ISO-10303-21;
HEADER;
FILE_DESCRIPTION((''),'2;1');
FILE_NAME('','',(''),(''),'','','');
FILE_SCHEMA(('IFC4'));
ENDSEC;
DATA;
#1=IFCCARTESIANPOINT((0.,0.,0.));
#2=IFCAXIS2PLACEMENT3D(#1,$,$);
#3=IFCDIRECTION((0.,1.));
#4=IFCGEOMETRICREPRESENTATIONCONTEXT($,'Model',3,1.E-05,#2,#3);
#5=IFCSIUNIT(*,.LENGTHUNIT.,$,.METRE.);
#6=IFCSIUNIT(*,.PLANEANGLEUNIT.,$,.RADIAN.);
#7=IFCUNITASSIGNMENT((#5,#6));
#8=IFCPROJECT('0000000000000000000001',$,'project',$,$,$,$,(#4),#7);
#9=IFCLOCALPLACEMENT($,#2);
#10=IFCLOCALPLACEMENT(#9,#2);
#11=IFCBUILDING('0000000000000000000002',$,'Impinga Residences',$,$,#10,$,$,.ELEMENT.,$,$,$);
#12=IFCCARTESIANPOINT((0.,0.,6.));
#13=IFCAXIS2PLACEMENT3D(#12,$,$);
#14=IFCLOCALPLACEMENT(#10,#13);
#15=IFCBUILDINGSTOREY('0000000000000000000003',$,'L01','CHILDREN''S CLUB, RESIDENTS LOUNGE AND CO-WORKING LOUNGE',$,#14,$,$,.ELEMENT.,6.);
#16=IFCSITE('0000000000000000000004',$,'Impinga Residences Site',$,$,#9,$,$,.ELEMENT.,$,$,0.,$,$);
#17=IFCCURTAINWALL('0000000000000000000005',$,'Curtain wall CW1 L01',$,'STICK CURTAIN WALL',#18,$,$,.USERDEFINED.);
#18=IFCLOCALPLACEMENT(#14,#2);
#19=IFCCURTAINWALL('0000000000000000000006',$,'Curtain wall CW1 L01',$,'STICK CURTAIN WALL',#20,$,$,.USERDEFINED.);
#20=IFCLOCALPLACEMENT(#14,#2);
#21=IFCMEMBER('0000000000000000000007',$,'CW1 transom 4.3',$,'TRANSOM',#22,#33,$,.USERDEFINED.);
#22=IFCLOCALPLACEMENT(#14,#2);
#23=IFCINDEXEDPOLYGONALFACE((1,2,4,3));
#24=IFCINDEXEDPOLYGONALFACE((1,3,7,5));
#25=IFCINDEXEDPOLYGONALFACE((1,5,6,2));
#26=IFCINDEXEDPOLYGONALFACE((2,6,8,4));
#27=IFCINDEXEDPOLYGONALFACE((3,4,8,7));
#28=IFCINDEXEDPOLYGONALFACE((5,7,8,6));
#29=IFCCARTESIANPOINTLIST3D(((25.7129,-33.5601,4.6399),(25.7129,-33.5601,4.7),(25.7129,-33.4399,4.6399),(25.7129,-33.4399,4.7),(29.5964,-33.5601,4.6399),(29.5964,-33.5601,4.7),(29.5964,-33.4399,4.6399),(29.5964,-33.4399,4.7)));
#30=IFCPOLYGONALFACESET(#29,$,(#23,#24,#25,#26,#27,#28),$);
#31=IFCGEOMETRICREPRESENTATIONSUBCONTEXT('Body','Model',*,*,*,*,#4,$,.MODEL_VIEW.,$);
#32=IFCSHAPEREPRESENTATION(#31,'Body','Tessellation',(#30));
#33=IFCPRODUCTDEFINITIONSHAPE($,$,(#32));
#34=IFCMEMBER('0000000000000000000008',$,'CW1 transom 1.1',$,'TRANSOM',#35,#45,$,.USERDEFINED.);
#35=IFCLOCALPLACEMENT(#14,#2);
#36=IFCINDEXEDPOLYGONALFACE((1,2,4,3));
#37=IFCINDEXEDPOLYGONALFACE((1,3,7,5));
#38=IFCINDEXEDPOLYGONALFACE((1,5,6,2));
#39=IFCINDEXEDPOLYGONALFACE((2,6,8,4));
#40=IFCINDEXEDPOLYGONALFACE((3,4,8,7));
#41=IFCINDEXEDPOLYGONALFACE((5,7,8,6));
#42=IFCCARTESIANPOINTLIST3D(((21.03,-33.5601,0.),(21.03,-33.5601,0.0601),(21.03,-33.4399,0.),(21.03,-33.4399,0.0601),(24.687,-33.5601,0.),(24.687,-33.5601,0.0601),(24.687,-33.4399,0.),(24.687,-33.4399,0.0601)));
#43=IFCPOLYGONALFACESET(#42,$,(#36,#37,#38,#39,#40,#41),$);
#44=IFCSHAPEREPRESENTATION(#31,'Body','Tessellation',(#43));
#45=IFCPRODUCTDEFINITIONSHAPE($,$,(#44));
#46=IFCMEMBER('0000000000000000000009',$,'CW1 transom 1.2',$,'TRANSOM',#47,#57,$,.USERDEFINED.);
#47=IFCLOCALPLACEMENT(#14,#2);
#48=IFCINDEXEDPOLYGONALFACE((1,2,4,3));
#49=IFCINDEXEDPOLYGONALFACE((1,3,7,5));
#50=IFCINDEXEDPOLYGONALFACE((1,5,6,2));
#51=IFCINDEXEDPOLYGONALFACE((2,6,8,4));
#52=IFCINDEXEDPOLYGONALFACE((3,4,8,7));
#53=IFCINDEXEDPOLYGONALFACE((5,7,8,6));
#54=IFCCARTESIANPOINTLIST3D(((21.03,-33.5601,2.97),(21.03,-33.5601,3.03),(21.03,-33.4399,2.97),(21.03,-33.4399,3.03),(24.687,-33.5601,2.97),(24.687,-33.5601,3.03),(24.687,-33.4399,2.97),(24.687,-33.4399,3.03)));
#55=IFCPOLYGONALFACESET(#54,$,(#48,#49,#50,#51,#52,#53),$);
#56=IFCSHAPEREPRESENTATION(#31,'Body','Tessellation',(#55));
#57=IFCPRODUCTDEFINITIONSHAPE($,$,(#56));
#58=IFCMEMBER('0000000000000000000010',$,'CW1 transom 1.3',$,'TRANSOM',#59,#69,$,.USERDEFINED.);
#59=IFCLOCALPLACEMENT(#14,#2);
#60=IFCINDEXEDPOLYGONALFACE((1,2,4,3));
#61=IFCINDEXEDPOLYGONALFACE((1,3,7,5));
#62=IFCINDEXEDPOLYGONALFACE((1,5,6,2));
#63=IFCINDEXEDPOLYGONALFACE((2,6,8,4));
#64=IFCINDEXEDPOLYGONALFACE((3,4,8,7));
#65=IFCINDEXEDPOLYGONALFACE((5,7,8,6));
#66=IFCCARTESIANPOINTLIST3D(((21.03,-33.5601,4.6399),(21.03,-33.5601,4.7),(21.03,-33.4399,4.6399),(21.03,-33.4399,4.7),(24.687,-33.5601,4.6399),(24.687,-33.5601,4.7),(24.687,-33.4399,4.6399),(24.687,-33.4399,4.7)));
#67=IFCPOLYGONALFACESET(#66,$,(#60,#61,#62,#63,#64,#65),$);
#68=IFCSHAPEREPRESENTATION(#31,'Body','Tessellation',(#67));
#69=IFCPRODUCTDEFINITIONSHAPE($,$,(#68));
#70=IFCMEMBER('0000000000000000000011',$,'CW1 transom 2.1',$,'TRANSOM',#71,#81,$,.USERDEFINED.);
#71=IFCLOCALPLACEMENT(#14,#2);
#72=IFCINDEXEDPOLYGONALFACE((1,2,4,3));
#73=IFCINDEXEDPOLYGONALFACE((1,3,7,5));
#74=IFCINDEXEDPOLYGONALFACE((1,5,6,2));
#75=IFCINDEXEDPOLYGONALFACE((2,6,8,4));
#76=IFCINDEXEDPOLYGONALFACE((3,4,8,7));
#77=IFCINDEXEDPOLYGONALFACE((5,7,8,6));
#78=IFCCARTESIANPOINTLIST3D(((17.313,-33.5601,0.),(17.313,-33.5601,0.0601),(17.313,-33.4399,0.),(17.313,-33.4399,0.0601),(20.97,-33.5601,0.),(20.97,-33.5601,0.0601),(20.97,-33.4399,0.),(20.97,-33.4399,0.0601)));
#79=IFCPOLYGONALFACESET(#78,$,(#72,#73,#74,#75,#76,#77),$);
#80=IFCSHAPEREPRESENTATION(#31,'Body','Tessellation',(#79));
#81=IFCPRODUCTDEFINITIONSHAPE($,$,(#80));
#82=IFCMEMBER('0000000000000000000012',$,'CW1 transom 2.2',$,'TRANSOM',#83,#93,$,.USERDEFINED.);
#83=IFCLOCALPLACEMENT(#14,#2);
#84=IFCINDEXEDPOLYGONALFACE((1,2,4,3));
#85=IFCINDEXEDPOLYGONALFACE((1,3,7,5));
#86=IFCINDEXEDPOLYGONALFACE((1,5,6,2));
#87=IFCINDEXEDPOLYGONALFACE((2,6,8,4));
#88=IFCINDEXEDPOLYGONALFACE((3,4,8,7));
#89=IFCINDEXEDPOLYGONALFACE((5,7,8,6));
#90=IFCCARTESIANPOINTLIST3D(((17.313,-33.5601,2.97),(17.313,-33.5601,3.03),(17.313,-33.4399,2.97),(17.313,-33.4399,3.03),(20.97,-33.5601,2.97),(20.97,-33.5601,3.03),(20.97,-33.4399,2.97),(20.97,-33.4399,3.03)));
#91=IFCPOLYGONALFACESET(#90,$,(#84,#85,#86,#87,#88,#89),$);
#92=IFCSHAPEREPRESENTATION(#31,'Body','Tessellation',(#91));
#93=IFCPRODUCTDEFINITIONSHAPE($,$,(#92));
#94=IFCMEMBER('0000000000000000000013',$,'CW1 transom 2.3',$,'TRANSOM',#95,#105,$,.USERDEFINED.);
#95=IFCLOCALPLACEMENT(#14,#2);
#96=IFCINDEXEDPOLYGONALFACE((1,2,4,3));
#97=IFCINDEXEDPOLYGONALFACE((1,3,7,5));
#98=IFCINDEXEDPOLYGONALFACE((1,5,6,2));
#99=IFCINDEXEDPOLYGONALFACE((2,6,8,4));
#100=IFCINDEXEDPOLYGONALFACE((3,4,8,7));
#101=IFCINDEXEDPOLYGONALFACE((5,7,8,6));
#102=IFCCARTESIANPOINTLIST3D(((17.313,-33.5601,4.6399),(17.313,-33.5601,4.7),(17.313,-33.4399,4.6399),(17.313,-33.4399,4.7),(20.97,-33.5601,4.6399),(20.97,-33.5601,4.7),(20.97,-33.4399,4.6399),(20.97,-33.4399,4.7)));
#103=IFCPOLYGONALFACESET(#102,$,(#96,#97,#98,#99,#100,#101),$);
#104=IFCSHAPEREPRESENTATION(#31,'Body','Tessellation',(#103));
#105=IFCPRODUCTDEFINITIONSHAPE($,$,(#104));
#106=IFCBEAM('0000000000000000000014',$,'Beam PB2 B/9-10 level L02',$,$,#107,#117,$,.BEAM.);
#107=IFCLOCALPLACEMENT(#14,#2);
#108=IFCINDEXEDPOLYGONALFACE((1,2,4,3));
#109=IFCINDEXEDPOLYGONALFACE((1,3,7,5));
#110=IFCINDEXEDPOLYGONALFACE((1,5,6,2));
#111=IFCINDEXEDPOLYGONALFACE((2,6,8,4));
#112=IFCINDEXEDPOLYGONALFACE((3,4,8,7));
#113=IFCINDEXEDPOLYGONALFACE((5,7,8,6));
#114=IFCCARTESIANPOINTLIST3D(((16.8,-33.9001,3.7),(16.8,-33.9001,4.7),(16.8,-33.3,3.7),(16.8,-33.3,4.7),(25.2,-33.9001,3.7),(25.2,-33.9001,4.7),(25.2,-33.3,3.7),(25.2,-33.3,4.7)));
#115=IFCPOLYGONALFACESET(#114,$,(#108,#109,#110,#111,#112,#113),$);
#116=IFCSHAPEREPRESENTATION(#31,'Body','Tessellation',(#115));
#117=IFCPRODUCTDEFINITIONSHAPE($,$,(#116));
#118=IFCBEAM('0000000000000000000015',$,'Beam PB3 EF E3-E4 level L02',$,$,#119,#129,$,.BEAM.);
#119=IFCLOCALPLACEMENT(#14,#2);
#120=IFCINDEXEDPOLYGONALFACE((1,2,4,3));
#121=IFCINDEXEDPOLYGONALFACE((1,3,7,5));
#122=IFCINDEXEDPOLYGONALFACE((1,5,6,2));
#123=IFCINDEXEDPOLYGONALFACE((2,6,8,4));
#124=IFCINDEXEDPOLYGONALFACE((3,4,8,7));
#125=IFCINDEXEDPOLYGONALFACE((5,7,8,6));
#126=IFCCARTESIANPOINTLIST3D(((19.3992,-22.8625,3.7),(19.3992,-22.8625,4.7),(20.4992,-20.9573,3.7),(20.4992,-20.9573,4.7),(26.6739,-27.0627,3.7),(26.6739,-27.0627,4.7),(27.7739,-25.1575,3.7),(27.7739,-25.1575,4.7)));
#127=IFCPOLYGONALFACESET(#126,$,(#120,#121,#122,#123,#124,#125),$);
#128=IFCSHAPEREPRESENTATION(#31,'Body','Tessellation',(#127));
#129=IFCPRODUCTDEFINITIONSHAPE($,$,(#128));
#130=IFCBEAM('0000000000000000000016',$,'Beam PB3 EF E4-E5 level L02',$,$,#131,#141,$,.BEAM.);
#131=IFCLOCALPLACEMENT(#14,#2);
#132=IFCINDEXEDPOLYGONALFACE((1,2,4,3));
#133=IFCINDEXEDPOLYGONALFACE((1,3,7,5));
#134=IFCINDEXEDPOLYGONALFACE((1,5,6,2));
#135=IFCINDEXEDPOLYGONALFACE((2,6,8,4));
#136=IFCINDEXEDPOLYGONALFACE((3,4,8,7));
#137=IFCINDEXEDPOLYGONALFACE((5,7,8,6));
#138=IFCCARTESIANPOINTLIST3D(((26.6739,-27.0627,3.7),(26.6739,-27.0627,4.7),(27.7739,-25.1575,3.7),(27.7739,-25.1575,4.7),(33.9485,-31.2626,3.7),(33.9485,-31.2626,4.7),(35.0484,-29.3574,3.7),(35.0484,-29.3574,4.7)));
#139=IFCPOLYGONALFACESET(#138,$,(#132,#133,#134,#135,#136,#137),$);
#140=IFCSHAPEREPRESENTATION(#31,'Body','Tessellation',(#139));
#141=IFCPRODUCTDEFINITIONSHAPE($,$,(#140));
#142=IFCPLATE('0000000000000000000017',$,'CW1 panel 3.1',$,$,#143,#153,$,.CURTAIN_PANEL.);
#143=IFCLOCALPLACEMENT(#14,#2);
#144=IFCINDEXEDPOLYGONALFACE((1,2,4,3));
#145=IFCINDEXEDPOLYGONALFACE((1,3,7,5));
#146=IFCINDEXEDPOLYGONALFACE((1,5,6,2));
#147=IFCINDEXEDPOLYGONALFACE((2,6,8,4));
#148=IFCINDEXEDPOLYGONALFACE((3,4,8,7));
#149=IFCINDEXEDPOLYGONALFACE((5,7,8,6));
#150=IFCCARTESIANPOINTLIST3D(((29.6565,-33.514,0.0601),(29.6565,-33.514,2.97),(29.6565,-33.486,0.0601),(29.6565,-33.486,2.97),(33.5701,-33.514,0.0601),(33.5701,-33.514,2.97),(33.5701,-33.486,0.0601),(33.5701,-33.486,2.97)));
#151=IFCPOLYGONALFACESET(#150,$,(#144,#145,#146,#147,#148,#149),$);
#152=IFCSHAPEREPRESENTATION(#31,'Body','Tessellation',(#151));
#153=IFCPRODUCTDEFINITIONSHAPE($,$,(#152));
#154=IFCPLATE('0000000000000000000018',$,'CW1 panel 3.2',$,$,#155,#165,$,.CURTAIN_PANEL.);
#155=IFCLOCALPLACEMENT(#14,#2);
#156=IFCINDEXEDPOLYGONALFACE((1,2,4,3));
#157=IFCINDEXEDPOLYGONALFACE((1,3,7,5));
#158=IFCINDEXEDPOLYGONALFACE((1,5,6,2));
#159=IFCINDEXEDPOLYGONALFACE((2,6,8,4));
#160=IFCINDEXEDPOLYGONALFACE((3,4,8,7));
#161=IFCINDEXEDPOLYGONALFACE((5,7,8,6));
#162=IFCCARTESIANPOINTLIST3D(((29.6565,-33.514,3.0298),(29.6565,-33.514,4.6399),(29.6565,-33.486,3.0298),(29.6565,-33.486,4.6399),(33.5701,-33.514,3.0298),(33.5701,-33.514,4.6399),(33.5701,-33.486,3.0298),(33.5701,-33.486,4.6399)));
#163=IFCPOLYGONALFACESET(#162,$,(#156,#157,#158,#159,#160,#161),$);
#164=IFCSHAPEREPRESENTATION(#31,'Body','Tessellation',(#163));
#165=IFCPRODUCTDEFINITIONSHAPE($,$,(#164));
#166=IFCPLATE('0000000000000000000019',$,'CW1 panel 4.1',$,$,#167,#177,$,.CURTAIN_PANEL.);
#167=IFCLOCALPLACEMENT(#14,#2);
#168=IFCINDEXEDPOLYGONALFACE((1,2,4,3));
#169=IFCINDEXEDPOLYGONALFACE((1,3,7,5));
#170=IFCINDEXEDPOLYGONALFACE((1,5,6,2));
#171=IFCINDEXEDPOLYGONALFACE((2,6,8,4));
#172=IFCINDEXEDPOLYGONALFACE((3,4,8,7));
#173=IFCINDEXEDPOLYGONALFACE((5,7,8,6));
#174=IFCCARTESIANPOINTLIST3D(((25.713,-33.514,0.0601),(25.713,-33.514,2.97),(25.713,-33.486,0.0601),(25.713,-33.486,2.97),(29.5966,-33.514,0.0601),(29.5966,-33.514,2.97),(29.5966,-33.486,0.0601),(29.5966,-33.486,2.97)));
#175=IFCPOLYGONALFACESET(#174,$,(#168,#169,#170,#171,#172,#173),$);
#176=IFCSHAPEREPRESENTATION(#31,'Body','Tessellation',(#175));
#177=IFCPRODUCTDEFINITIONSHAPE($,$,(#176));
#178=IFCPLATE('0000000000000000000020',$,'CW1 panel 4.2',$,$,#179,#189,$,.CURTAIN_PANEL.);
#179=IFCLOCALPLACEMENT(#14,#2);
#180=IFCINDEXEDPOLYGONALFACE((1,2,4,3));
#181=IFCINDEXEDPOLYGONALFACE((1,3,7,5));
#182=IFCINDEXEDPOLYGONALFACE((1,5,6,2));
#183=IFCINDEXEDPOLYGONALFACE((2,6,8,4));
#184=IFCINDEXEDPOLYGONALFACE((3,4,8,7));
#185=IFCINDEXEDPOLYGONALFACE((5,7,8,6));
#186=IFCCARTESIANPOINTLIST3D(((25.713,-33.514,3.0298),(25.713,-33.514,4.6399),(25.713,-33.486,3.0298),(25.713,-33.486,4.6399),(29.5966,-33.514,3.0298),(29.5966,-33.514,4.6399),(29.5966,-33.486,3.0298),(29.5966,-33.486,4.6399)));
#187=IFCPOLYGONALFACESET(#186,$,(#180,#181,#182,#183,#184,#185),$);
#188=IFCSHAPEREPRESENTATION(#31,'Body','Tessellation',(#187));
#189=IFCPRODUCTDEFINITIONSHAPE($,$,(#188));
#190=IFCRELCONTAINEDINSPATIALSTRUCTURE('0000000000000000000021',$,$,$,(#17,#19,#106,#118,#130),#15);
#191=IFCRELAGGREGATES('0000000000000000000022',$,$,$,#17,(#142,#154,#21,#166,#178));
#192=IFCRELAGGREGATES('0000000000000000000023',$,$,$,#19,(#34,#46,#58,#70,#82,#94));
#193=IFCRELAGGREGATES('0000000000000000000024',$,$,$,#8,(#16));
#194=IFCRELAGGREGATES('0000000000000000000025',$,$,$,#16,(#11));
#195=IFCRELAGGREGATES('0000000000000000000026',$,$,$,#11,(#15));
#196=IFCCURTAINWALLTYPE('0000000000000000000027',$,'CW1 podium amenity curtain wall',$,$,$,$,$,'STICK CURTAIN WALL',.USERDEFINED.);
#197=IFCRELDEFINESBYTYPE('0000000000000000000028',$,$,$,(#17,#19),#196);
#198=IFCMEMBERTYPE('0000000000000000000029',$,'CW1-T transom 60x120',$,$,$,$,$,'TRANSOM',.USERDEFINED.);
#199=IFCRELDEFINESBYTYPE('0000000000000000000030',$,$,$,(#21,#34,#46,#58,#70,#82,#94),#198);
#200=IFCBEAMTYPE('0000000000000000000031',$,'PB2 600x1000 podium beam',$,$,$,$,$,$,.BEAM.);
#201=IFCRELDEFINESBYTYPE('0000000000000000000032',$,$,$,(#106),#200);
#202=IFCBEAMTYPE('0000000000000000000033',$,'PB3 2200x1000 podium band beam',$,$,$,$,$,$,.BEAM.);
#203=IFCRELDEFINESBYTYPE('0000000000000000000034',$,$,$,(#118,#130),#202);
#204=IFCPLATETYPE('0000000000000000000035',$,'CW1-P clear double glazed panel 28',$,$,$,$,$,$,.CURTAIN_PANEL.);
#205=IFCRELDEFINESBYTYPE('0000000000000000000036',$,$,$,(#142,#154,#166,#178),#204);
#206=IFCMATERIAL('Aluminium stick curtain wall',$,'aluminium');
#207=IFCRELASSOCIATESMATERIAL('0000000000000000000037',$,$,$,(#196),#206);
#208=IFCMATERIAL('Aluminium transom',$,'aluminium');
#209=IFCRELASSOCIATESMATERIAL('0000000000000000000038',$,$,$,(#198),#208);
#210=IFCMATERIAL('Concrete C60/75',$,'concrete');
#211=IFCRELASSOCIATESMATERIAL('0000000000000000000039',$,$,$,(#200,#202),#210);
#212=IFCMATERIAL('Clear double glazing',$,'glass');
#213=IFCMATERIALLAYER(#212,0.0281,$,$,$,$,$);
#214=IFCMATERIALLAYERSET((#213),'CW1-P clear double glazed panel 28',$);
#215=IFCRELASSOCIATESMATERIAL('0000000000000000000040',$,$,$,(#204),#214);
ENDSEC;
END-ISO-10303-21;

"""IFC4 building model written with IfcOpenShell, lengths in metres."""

from ifc_helpers import new_model, si_unit, direction, frame, origin, origin_2d, place, context, subcontext, project, spatial, rectangle, extrude, material, layer, layer_set, material_profile, profile_set, type_object, element, aggregate, save


model = new_model("IFC4")

# Units and contexts
model_context = context("Model", 3, precision=1e-05, world=origin(), true_north=direction((0.0, 1.0)))
body_context = subcontext(model_context, "Body", "Model", "MODEL_VIEW")
ifc_project = project(units=[si_unit("LENGTHUNIT", "METRE"), si_unit("PLANEANGLEUNIT", "RADIAN")], contexts=[model_context])

# Site, building, storey
site_placement = place(None, origin())
site = spatial("IfcSite", under=ifc_project, at=site_placement, Name="Impinga Residences Site", CompositionType="ELEMENT", RefElevation=0.0)
building_placement = place(site_placement, origin())
building = spatial("IfcBuilding", under=site, at=building_placement, Name="Impinga Residences", CompositionType="ELEMENT")
storey_placement = place(building_placement, frame((0.0, 0.0, 6.0)))
storey = spatial("IfcBuildingStorey", under=building, at=storey_placement, Name="L01", Description="CHILDREN'S CLUB, RESIDENTS LOUNGE AND CO-WORKING LOUNGE", CompositionType="ELEMENT", Elevation=6.0)

# Curtain walls
ifc_material_1 = material(Name="Aluminium stick curtain wall", Category="aluminium")
curtain_wall_type = type_object("IfcCurtainWallType", Name="CW1 podium amenity curtain wall", ElementType="STICK CURTAIN WALL", PredefinedType="USERDEFINED", material=ifc_material_1)
curtain_wall_1_placement = place(storey_placement, origin())
curtain_wall_1 = element("IfcCurtainWall", 1, at=curtain_wall_1_placement, inside=storey, type_object=curtain_wall_type, Name="Curtain wall CW1 L01", ObjectType="STICK CURTAIN WALL", PredefinedType="USERDEFINED")
curtain_wall_2_placement = place(storey_placement, origin())
curtain_wall_2 = element("IfcCurtainWall", 2, at=curtain_wall_2_placement, inside=storey, type_object=curtain_wall_type, Name="Curtain wall CW1 L01", ObjectType="STICK CURTAIN WALL", PredefinedType="USERDEFINED")

# Members
ifc_material_2 = material(Name="Aluminium transom", Category="aluminium")
ifc_material_profile_1 = material_profile(ifc_material_2, rectangle(XDim=0.0601, YDim=0.1201, at=origin_2d()), Name="60x120 transom")
ifc_profile_set_1 = profile_set([ifc_material_profile_1], Name="Aluminium transom")
member_type_1 = type_object("IfcMemberType", Name="CW1-T transom 60x120", ElementType="TRANSOM", PredefinedType="USERDEFINED", material=ifc_profile_set_1)
member_1_placement = place(storey_placement, frame((29.5964, -33.5, 4.6699), z_axis=(-1.0, 0.0, 0.0), x_axis=(0.0, 0.0, 1.0)))
member_1 = element("IfcMember", 3, at=member_1_placement, type_object=member_type_1, Name="CW1 transom 4.3", ObjectType="TRANSOM", PredefinedType="USERDEFINED", context=body_context, shape_type="SweptSolid", body=[
    extrude(rectangle(XDim=0.0601, YDim=0.1201, at=origin_2d()), origin(), (0.0, 0.0, 1.0), 3.8835),
])
member_2_placement = place(storey_placement, frame((24.687, -33.5, 0.03), z_axis=(-1.0, 0.0, 0.0), x_axis=(0.0, 0.0, 1.0)))
member_2 = element("IfcMember", 4, at=member_2_placement, type_object=member_type_1, Name="CW1 transom 1.1", ObjectType="TRANSOM", PredefinedType="USERDEFINED", context=body_context, shape_type="SweptSolid", body=[
    extrude(rectangle(XDim=0.0601, YDim=0.1201, at=origin_2d()), origin(), (0.0, 0.0, 1.0), 3.657),
])
member_3_placement = place(storey_placement, frame((24.687, -33.5, 3.0), z_axis=(-1.0, 0.0, 0.0), x_axis=(0.0, 0.0, 1.0)))
member_3 = element("IfcMember", 5, at=member_3_placement, type_object=member_type_1, Name="CW1 transom 1.2", ObjectType="TRANSOM", PredefinedType="USERDEFINED", context=body_context, shape_type="SweptSolid", body=[
    extrude(rectangle(XDim=0.0601, YDim=0.1201, at=origin_2d()), origin(), (0.0, 0.0, 1.0), 3.657),
])
member_4_placement = place(storey_placement, frame((24.687, -33.5, 4.6699), z_axis=(-1.0, 0.0, 0.0), x_axis=(0.0, 0.0, 1.0)))
member_4 = element("IfcMember", 6, at=member_4_placement, type_object=member_type_1, Name="CW1 transom 1.3", ObjectType="TRANSOM", PredefinedType="USERDEFINED", context=body_context, shape_type="SweptSolid", body=[
    extrude(rectangle(XDim=0.0601, YDim=0.1201, at=origin_2d()), origin(), (0.0, 0.0, 1.0), 3.657),
])
member_5_placement = place(storey_placement, frame((20.97, -33.5, 0.03), z_axis=(-1.0, 0.0, 0.0), x_axis=(0.0, 0.0, 1.0)))
member_5 = element("IfcMember", 7, at=member_5_placement, type_object=member_type_1, Name="CW1 transom 2.1", ObjectType="TRANSOM", PredefinedType="USERDEFINED", context=body_context, shape_type="SweptSolid", body=[
    extrude(rectangle(XDim=0.0601, YDim=0.1201, at=origin_2d()), origin(), (0.0, 0.0, 1.0), 3.657),
])
member_6_placement = place(storey_placement, frame((20.97, -33.5, 3.0), z_axis=(-1.0, 0.0, 0.0), x_axis=(0.0, 0.0, 1.0)))
member_6 = element("IfcMember", 8, at=member_6_placement, type_object=member_type_1, Name="CW1 transom 2.2", ObjectType="TRANSOM", PredefinedType="USERDEFINED", context=body_context, shape_type="SweptSolid", body=[
    extrude(rectangle(XDim=0.0601, YDim=0.1201, at=origin_2d()), origin(), (0.0, 0.0, 1.0), 3.657),
])
member_7_placement = place(storey_placement, frame((20.97, -33.5, 4.6699), z_axis=(-1.0, 0.0, 0.0), x_axis=(0.0, 0.0, 1.0)))
member_7 = element("IfcMember", 9, at=member_7_placement, type_object=member_type_1, Name="CW1 transom 2.3", ObjectType="TRANSOM", PredefinedType="USERDEFINED", context=body_context, shape_type="SweptSolid", body=[
    extrude(rectangle(XDim=0.0601, YDim=0.1201, at=origin_2d()), origin(), (0.0, 0.0, 1.0), 3.657),
])

# Beams
ifc_material_3 = material(Name="Concrete C60/75", Category="concrete")
ifc_material_profile_2 = material_profile(ifc_material_3, rectangle(XDim=0.6001, YDim=1.0, at=origin_2d()), Name="RC 600x1000")
ifc_profile_set_2 = profile_set([ifc_material_profile_2], Name="Concrete C60/75")
beam_type_1 = type_object("IfcBeamType", Name="PB2 600x1000 podium beam", PredefinedType="BEAM", material=ifc_profile_set_2)
beam_1_placement = place(storey_placement, frame((16.8, -33.6001, 4.2), z_axis=(1.0, 0.0, 0.0), x_axis=(0.0, 1.0, 0.0)))
element("IfcBeam", 10, at=beam_1_placement, inside=storey, type_object=beam_type_1, Name="Beam PB2 B/9-10 level L02", PredefinedType="BEAM", context=body_context, shape_type="SweptSolid", body=[
    extrude(rectangle(XDim=0.6001, YDim=1.0, at=origin_2d()), origin(), (0.0, 0.0, 1.0), 8.3999),
])
ifc_material_profile_3 = material_profile(ifc_material_3, rectangle(XDim=2.2, YDim=1.0, at=origin_2d()), Name="RC 2200x1000")
ifc_profile_set_3 = profile_set([ifc_material_profile_3], Name="Concrete C60/75")
beam_type_2 = type_object("IfcBeamType", Name="PB3 2200x1000 podium band beam", PredefinedType="BEAM", material=ifc_profile_set_3)
beam_2_placement = place(storey_placement, frame((19.9492, -21.9099, 4.2), z_axis=(0.866017, -0.500015, 0.0), x_axis=(0.500015, 0.866017, 0.0)))
element("IfcBeam", 11, at=beam_2_placement, inside=storey, type_object=beam_type_2, Name="Beam PB3 EF E3-E4 level L02", PredefinedType="BEAM", context=body_context, shape_type="SweptSolid", body=[
    extrude(rectangle(XDim=2.2, YDim=1.0, at=origin_2d()), origin(), (0.0, 0.0, 1.0), 8.4001),
])
beam_3_placement = place(storey_placement, frame((27.2239, -26.1101, 4.2), z_axis=(0.866029, -0.499993, 0.0), x_axis=(0.499993, 0.866029, 0.0)))
element("IfcBeam", 12, at=beam_3_placement, inside=storey, type_object=beam_type_2, Name="Beam PB3 EF E4-E5 level L02", PredefinedType="BEAM", context=body_context, shape_type="SweptSolid", body=[
    extrude(rectangle(XDim=2.2, YDim=1.0, at=origin_2d()), origin(), (0.0, 0.0, 1.0), 8.3999),
])

# Plates
ifc_material_4 = material(Name="Clear double glazing", Category="glass")
ifc_layer = layer(ifc_material_4, 0.0281)
ifc_layer_set = layer_set([ifc_layer], Name="CW1-P clear double glazed panel 28")
plate_type = type_object("IfcPlateType", Name="CW1-P clear double glazed panel 28", PredefinedType="CURTAIN_PANEL", material=ifc_layer_set)
plate_1_placement = place(storey_placement, frame((31.6133, -33.5, 0.0601), z_axis=(0.0, 0.0, 1.0), x_axis=(-1.0, 0.0, 0.0)))
plate_1 = element("IfcPlate", 13, at=plate_1_placement, type_object=plate_type, Name="CW1 panel 3.1", PredefinedType="CURTAIN_PANEL", context=body_context, shape_type="SweptSolid", body=[
    extrude(rectangle(XDim=3.9136, YDim=0.0281, at=origin_2d()), origin(), (0.0, 0.0, 1.0), 2.9099),
])
plate_2_placement = place(storey_placement, frame((31.6133, -33.5, 3.0298), z_axis=(0.0, 0.0, 1.0), x_axis=(-1.0, 0.0, 0.0)))
plate_2 = element("IfcPlate", 14, at=plate_2_placement, type_object=plate_type, Name="CW1 panel 3.2", PredefinedType="CURTAIN_PANEL", context=body_context, shape_type="SweptSolid", body=[
    extrude(rectangle(XDim=3.9136, YDim=0.0281, at=origin_2d()), origin(), (0.0, 0.0, 1.0), 1.6101),
])
plate_3_placement = place(storey_placement, frame((27.6548, -33.5, 0.0601), z_axis=(0.0, 0.0, 1.0), x_axis=(-1.0, 0.0, 0.0)))
plate_3 = element("IfcPlate", 15, at=plate_3_placement, type_object=plate_type, Name="CW1 panel 4.1", PredefinedType="CURTAIN_PANEL", context=body_context, shape_type="SweptSolid", body=[
    extrude(rectangle(XDim=3.8835, YDim=0.0281, at=origin_2d()), origin(), (0.0, 0.0, 1.0), 2.9099),
])
plate_4_placement = place(storey_placement, frame((27.6548, -33.5, 3.0298), z_axis=(0.0, 0.0, 1.0), x_axis=(-1.0, 0.0, 0.0)))
plate_4 = element("IfcPlate", 16, at=plate_4_placement, type_object=plate_type, Name="CW1 panel 4.2", PredefinedType="CURTAIN_PANEL", context=body_context, shape_type="SweptSolid", body=[
    extrude(rectangle(XDim=3.8835, YDim=0.0281, at=origin_2d()), origin(), (0.0, 0.0, 1.0), 1.6101),
])
aggregate(curtain_wall_1, [plate_1, plate_2, member_1, plate_3, plate_4])
aggregate(curtain_wall_2, [member_2, member_3, member_4, member_5, member_6, member_7])

save(model, "model.ifc")
